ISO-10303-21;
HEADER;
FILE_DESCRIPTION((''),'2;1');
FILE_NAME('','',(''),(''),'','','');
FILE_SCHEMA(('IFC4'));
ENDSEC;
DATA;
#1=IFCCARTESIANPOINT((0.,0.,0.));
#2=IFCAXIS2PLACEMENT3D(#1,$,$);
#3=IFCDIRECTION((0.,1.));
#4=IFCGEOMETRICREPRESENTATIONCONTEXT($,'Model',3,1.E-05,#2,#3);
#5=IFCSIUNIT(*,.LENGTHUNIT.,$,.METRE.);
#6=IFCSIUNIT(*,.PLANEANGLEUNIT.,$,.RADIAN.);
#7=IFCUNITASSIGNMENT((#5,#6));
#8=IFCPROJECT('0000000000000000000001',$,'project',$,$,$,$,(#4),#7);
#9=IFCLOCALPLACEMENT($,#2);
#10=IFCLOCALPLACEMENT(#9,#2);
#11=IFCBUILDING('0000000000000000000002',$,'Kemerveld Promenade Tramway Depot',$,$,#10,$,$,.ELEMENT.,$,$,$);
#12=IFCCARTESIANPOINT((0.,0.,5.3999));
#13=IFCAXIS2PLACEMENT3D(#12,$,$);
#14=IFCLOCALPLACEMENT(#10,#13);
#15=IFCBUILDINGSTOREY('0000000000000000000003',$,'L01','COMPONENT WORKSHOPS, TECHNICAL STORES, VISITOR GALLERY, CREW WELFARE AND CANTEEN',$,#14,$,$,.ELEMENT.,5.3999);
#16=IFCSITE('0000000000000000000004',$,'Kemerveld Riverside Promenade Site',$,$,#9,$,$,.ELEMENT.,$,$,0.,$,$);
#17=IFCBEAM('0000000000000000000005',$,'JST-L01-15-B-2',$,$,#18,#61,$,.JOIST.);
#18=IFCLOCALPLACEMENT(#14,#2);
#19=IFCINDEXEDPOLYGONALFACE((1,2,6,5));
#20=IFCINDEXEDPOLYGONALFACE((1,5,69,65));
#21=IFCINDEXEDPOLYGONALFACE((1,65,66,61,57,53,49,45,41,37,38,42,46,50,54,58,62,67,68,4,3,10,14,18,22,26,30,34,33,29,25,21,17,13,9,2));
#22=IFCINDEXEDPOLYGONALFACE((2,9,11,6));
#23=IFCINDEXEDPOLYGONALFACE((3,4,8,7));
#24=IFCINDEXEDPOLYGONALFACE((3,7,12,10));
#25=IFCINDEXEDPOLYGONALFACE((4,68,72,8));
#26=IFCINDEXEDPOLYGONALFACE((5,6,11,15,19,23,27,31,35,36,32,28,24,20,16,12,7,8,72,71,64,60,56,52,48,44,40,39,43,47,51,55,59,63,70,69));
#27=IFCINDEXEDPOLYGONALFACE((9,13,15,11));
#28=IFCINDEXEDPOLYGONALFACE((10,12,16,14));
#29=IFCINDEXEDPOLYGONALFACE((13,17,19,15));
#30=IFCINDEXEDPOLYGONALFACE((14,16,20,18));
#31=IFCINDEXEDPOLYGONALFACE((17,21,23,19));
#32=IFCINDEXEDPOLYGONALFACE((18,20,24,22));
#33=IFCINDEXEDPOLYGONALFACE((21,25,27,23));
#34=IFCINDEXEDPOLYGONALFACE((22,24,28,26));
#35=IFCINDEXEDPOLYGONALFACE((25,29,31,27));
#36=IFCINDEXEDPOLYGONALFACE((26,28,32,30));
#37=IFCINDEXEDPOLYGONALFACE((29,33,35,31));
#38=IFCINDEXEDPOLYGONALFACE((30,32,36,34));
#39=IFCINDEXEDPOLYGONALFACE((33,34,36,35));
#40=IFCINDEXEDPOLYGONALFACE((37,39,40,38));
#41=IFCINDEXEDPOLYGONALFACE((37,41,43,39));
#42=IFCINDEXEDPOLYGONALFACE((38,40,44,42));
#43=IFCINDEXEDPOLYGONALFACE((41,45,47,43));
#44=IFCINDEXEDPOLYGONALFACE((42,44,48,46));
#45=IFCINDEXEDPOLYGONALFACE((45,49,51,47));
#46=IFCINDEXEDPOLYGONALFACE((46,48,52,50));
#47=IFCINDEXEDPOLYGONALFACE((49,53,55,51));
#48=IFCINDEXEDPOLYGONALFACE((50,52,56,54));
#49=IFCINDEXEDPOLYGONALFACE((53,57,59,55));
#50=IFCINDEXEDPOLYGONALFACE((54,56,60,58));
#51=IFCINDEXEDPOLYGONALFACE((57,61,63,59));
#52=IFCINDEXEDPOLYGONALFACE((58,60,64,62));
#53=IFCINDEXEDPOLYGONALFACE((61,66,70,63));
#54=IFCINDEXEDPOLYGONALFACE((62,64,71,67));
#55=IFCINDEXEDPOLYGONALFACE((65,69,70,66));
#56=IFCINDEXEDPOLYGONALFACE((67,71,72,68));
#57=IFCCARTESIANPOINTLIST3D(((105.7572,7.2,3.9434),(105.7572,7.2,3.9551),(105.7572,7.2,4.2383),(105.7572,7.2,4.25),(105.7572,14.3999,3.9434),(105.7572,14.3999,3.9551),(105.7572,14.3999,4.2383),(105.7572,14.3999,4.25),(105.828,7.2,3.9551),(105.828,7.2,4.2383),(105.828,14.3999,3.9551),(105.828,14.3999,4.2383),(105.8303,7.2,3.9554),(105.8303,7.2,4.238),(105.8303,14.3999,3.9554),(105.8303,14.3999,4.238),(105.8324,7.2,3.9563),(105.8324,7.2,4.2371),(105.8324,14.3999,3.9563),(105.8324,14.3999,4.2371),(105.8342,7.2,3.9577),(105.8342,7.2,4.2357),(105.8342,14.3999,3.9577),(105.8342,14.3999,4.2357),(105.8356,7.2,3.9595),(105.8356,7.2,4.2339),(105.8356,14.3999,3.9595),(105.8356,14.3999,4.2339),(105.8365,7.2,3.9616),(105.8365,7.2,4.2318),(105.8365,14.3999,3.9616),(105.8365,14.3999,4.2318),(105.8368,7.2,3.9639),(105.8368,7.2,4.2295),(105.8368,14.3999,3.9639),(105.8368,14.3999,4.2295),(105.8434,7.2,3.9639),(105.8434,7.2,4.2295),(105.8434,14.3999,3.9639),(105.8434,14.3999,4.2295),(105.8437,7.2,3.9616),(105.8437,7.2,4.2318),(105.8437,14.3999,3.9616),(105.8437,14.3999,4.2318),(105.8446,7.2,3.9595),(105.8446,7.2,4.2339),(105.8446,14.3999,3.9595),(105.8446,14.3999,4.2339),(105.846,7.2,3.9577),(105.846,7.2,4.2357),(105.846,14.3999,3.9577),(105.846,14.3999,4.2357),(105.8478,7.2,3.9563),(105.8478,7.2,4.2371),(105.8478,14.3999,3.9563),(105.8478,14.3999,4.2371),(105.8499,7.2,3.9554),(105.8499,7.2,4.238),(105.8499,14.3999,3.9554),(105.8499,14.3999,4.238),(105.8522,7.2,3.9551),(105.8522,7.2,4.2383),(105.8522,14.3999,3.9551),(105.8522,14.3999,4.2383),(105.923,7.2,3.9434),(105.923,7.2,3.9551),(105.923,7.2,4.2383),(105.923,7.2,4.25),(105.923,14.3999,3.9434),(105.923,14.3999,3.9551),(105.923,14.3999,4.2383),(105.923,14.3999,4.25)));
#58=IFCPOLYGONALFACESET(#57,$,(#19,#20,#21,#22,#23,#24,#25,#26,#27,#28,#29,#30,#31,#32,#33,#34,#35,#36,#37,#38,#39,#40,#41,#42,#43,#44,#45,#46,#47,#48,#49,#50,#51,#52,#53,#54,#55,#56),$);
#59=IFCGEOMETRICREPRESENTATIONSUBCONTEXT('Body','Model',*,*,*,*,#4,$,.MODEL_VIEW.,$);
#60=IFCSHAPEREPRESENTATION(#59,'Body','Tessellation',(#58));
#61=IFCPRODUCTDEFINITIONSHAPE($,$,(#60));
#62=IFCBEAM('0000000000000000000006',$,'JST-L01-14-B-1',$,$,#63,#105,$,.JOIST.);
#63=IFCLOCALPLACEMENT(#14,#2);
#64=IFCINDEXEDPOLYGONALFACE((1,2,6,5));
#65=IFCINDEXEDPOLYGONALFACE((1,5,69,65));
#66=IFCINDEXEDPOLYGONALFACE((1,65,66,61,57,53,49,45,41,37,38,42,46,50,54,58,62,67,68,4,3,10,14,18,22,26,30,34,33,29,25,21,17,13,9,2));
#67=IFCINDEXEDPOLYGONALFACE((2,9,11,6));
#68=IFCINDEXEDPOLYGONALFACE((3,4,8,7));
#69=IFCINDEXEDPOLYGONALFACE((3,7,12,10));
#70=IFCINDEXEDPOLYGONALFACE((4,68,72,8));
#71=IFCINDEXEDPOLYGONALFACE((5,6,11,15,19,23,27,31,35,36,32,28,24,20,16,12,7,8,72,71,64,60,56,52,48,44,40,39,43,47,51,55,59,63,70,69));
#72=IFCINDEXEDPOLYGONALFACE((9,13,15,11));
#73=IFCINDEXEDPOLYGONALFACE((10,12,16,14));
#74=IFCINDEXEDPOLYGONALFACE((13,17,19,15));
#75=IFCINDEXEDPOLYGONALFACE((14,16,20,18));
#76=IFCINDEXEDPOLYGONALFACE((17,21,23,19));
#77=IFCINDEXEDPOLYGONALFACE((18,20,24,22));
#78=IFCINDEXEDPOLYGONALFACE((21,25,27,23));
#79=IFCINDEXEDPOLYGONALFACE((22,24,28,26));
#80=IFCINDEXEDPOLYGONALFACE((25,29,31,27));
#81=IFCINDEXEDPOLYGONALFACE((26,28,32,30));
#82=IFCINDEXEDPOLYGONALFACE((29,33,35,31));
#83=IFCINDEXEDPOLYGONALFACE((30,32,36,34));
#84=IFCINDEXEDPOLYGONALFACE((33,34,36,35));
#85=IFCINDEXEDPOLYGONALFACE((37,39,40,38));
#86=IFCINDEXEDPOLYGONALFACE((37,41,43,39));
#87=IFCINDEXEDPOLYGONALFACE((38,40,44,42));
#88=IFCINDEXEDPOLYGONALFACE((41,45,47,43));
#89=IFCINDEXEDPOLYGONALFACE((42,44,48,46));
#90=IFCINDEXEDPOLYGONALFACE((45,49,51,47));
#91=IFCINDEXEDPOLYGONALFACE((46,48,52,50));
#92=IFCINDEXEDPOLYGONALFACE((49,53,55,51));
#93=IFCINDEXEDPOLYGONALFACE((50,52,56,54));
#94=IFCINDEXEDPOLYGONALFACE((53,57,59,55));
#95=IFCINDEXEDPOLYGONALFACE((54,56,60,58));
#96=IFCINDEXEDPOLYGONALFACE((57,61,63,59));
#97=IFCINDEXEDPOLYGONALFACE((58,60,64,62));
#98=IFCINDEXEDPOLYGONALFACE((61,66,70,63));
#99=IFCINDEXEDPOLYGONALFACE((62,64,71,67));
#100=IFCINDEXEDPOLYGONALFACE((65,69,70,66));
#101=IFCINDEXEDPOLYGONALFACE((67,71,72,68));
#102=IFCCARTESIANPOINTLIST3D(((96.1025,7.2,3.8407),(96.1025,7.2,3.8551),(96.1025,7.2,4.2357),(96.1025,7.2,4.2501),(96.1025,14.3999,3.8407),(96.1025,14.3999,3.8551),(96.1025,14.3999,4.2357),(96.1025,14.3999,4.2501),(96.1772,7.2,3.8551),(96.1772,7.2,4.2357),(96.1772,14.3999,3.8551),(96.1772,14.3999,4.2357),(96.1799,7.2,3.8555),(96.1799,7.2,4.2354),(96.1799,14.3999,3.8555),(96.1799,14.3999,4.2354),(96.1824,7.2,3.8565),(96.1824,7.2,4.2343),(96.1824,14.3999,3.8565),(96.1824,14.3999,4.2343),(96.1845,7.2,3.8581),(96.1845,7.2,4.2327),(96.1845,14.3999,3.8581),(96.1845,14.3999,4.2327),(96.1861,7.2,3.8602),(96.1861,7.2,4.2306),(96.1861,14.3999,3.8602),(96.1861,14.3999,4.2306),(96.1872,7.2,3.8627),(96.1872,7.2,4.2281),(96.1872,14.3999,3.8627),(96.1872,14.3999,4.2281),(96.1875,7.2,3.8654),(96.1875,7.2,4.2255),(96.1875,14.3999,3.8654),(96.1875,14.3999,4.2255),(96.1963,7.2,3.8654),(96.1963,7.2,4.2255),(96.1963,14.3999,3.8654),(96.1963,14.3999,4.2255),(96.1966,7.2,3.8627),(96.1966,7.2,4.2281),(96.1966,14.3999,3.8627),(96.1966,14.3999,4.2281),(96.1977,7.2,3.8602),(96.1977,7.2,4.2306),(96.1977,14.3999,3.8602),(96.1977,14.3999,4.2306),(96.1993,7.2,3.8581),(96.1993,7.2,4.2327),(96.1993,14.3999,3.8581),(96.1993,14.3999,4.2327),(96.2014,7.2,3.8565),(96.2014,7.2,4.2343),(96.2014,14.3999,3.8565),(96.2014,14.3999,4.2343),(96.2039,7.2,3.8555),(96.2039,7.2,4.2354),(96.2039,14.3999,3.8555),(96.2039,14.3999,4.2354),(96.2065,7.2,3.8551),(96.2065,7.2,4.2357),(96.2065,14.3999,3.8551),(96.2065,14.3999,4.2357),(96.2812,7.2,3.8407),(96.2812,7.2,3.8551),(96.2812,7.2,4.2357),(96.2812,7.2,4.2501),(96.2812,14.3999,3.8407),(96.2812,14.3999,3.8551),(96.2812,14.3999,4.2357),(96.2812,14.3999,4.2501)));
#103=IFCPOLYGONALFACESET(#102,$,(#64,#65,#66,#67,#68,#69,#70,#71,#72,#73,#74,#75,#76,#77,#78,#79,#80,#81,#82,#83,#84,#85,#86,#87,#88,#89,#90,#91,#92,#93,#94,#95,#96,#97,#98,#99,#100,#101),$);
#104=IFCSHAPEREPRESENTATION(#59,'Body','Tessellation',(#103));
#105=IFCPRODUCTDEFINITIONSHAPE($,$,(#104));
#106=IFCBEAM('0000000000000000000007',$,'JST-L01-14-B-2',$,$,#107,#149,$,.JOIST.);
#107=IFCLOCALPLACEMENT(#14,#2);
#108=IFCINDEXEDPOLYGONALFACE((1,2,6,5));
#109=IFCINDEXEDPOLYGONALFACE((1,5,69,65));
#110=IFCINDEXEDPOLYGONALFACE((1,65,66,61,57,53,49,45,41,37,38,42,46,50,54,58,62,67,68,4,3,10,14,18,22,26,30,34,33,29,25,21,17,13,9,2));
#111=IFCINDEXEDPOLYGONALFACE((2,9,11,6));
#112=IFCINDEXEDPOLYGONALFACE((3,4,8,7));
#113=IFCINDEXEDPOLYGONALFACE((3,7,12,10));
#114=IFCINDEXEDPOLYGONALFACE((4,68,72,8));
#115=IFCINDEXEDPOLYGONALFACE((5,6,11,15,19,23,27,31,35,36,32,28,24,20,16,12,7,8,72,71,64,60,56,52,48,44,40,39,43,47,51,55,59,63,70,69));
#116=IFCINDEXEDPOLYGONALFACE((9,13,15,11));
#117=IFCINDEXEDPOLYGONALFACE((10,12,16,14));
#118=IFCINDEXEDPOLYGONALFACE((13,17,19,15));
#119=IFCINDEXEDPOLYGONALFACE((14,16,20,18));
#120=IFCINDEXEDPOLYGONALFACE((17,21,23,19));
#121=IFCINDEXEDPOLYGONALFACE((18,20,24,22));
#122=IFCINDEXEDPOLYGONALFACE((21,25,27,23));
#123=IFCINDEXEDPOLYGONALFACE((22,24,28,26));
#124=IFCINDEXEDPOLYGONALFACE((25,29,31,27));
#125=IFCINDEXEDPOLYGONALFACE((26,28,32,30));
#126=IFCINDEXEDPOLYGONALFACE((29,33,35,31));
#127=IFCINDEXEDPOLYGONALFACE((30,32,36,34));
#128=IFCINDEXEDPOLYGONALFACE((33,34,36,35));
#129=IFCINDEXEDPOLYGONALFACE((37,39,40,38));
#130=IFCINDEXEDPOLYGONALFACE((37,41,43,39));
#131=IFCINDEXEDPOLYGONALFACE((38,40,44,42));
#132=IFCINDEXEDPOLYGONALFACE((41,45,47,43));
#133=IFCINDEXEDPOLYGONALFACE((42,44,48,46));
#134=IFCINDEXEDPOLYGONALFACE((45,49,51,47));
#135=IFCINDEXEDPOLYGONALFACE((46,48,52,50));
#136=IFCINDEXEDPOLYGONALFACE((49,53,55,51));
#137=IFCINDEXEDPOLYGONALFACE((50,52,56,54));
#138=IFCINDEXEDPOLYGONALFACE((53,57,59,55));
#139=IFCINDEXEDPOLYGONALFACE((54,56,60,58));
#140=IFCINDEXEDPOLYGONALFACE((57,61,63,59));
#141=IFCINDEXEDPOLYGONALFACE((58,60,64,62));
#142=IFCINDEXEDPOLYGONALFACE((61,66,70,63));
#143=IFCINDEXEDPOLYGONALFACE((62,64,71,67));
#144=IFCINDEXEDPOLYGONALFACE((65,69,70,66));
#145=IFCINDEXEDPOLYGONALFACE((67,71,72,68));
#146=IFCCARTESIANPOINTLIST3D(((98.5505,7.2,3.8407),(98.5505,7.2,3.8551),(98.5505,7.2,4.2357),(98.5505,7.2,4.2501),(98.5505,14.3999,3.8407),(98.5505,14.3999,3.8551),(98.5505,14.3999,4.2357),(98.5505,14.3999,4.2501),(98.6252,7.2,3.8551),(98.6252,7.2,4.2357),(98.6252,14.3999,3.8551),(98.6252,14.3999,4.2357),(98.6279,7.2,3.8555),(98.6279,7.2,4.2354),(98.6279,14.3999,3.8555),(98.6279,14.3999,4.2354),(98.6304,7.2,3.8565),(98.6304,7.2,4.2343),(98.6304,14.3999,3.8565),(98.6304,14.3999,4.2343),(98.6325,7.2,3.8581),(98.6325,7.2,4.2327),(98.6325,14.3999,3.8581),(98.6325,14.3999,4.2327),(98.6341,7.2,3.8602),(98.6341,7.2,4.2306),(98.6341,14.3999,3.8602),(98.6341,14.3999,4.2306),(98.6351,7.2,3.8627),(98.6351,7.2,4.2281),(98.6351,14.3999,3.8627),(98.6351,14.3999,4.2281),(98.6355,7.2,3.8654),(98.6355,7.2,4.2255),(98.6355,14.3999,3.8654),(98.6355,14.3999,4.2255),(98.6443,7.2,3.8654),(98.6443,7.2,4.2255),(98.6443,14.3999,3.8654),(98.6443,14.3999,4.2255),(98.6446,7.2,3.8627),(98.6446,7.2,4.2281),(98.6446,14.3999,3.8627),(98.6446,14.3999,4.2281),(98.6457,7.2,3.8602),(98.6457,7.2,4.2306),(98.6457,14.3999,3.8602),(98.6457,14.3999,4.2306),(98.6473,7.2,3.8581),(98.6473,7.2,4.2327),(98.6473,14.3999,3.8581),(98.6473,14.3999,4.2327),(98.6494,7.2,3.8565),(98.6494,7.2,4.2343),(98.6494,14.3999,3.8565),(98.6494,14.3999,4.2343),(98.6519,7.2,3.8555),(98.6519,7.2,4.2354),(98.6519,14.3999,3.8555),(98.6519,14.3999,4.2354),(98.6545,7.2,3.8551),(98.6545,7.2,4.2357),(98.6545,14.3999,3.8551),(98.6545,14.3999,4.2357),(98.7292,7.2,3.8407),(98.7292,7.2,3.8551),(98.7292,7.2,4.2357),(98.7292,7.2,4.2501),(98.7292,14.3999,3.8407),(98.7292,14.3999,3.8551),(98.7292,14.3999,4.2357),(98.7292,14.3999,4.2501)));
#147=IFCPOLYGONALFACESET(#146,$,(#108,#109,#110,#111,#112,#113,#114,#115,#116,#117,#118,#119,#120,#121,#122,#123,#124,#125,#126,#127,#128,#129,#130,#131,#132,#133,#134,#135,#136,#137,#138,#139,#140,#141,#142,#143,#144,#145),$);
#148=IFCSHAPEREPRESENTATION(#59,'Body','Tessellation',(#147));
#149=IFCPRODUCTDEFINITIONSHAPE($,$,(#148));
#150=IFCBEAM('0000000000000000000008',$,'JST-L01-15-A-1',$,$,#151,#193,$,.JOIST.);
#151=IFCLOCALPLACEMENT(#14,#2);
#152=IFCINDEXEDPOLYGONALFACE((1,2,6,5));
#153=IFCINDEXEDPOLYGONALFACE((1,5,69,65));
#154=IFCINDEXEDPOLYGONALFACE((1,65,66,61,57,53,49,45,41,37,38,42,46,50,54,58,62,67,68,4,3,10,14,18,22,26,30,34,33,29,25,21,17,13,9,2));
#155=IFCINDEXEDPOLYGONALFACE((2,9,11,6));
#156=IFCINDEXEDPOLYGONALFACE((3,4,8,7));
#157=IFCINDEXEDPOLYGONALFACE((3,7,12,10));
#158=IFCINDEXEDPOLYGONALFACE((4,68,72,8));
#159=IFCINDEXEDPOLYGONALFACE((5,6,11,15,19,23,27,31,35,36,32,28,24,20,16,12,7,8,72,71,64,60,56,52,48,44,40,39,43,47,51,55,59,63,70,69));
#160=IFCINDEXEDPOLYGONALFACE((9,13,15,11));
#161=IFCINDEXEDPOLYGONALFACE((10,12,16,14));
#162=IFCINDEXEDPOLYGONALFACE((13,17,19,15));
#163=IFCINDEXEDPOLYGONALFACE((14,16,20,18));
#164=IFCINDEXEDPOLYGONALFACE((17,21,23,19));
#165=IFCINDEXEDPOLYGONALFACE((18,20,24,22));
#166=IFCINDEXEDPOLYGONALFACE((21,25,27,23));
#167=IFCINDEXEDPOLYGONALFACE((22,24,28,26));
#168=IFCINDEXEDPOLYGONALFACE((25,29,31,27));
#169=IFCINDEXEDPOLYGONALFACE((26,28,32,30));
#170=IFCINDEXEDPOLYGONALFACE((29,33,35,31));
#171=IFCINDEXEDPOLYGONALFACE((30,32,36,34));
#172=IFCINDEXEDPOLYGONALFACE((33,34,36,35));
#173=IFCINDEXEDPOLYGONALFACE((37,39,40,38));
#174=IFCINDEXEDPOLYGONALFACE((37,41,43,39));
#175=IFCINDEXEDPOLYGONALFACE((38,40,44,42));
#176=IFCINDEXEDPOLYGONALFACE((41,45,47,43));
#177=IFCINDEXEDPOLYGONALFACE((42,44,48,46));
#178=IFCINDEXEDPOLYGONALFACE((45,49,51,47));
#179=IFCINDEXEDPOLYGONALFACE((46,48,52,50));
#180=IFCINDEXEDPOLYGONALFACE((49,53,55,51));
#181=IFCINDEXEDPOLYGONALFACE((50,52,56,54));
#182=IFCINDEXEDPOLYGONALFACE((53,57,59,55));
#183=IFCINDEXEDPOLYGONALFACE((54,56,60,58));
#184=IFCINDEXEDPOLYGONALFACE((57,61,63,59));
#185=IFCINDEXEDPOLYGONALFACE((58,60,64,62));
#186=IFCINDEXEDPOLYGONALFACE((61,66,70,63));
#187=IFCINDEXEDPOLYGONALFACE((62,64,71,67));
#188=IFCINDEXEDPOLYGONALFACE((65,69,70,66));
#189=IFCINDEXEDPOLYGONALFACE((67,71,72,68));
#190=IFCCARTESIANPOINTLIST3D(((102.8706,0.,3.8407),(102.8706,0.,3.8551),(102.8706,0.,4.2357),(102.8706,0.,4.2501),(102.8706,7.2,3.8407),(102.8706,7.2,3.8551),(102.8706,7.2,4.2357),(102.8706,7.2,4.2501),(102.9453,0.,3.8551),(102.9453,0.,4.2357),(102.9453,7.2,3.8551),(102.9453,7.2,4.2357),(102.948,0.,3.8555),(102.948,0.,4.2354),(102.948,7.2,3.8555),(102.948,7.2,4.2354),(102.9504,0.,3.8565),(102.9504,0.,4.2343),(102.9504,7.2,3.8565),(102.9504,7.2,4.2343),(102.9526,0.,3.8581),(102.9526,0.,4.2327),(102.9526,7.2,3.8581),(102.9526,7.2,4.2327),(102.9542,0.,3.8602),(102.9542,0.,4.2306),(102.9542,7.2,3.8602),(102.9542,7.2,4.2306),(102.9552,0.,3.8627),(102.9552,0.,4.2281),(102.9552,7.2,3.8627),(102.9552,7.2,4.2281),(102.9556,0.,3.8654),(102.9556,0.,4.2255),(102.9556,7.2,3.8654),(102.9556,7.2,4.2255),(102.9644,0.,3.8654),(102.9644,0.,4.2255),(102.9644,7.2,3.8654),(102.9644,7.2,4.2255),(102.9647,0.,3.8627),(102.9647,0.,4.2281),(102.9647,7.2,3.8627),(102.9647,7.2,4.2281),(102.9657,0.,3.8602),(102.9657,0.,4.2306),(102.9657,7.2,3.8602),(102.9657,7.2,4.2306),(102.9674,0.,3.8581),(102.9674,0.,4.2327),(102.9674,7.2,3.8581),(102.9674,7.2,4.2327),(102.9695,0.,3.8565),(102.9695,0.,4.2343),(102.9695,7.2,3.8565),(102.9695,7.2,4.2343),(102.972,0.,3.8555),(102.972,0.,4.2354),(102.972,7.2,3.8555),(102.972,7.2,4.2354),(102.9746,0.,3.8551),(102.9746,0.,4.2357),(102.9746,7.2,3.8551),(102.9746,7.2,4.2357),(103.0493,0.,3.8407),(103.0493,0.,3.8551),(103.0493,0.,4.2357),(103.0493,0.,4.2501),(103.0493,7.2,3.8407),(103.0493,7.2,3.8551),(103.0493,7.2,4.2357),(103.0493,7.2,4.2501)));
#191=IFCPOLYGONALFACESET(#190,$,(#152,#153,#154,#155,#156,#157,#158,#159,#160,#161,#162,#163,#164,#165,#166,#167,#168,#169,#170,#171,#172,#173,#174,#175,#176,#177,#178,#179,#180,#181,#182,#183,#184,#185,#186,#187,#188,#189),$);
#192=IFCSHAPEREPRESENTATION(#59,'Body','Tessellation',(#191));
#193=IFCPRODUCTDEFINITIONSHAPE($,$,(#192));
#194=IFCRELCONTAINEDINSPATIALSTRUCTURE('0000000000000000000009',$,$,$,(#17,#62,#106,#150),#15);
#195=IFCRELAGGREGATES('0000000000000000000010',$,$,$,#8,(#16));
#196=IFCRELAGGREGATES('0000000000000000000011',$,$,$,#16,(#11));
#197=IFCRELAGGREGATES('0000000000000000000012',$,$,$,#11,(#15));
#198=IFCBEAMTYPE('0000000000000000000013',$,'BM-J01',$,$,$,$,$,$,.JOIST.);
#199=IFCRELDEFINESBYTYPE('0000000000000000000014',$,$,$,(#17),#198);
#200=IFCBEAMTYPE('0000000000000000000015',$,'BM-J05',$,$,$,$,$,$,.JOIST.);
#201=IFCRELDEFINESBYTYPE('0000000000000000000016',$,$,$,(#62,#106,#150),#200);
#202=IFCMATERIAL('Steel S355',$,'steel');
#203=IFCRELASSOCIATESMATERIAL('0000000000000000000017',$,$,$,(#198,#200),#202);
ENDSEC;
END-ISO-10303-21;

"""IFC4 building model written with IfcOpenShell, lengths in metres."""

from ifc_helpers import new_model, si_unit, direction, frame, origin, origin_2d, place, context, subcontext, project, spatial, i_section, extrude, material, material_profile, profile_set, type_object, element, save


model = new_model("IFC4")

# Units and contexts
model_context = context("Model", 3, precision=1e-05, world=origin(), true_north=direction((0.0, 1.0)))
body_context = subcontext(model_context, "Body", "Model", "MODEL_VIEW")
ifc_project = project(units=[si_unit("LENGTHUNIT", "METRE"), si_unit("PLANEANGLEUNIT", "RADIAN")], contexts=[model_context])

# Site, building, storey
site_placement = place(None, origin())
site = spatial("IfcSite", under=ifc_project, at=site_placement, Name="Kemerveld Riverside Promenade Site", CompositionType="ELEMENT", RefElevation=0.0)
building_placement = place(site_placement, origin())
building = spatial("IfcBuilding", under=site, at=building_placement, Name="Kemerveld Promenade Tramway Depot", CompositionType="ELEMENT")
storey_placement = place(building_placement, frame((0.0, 0.0, 5.3999)))
storey = spatial("IfcBuildingStorey", under=building, at=storey_placement, Name="L01", Description="COMPONENT WORKSHOPS, TECHNICAL STORES, VISITOR GALLERY, CREW WELFARE AND CANTEEN", CompositionType="ELEMENT", Elevation=5.3999)

# Shared definitions
ifc_material_1 = material(Name="Steel S355", Category="steel")

# Beams
ifc_material_profile_1 = material_profile(ifc_material_1, i_section(OverallWidth=0.1658, OverallDepth=0.3066, WebThickness=0.0066, FlangeThickness=0.0117, FilletRadius=0.0088, at=origin_2d()), Name="305x165x46 UB")
ifc_profile_set_1 = profile_set([ifc_material_profile_1], Name="Steel S355")
beam_type_1 = type_object("IfcBeamType", Name="BM-J01", PredefinedType="JOIST", material=ifc_profile_set_1)
for number, where, z_axis, x_axis, name in (
    (1, (105.8401, 7.2, 4.0967), (0.0, 1.0, 0.0), (-1.0, 0.0, 0.0), "JST-L01-15-B-2"),
):
    element("IfcBeam", number, at=place(storey_placement, frame(where, z_axis=z_axis, x_axis=x_axis)), inside=storey, type_object=beam_type_1, Name=name, PredefinedType="JOIST", context=body_context, shape_type="SweptSolid", body=[
        extrude(i_section(OverallWidth=0.1658, OverallDepth=0.3066, WebThickness=0.0066, FlangeThickness=0.0117, FilletRadius=0.0088, at=origin_2d()), origin(), (0.0, 0.0, 1.0), 7.2),
    ])
ifc_material_profile_2 = material_profile(ifc_material_1, i_section(OverallWidth=0.1787, OverallDepth=0.4094, WebThickness=0.0088, FlangeThickness=0.0144, FilletRadius=0.0103, at=origin_2d()), Name="406x178x67 UB")
ifc_profile_set_2 = profile_set([ifc_material_profile_2], Name="Steel S355")
beam_type_2 = type_object("IfcBeamType", Name="BM-J05", PredefinedType="JOIST", material=ifc_profile_set_2)
for number, where, z_axis, x_axis, name in (
    (2, (96.1919, 7.2, 4.0454), (0.0, 1.0, 0.0), (-1.0, 0.0, 0.0), "JST-L01-14-B-1"),
    (3, (98.6399, 7.2, 4.0454), (0.0, 1.0, 0.0), (-1.0, 0.0, 0.0), "JST-L01-14-B-2"),
    (4, (102.96, 0.0, 4.0454), (0.0, 1.0, 0.0), (-1.0, 0.0, 0.0), "JST-L01-15-A-1"),
):
    element("IfcBeam", number, at=place(storey_placement, frame(where, z_axis=z_axis, x_axis=x_axis)), inside=storey, type_object=beam_type_2, Name=name, PredefinedType="JOIST", context=body_context, shape_type="SweptSolid", body=[
        extrude(i_section(OverallWidth=0.1787, OverallDepth=0.4094, WebThickness=0.0088, FlangeThickness=0.0144, FilletRadius=0.0103, at=origin_2d()), origin(), (0.0, 0.0, 1.0), 7.2),
    ])

save(model, "model.ifc")
